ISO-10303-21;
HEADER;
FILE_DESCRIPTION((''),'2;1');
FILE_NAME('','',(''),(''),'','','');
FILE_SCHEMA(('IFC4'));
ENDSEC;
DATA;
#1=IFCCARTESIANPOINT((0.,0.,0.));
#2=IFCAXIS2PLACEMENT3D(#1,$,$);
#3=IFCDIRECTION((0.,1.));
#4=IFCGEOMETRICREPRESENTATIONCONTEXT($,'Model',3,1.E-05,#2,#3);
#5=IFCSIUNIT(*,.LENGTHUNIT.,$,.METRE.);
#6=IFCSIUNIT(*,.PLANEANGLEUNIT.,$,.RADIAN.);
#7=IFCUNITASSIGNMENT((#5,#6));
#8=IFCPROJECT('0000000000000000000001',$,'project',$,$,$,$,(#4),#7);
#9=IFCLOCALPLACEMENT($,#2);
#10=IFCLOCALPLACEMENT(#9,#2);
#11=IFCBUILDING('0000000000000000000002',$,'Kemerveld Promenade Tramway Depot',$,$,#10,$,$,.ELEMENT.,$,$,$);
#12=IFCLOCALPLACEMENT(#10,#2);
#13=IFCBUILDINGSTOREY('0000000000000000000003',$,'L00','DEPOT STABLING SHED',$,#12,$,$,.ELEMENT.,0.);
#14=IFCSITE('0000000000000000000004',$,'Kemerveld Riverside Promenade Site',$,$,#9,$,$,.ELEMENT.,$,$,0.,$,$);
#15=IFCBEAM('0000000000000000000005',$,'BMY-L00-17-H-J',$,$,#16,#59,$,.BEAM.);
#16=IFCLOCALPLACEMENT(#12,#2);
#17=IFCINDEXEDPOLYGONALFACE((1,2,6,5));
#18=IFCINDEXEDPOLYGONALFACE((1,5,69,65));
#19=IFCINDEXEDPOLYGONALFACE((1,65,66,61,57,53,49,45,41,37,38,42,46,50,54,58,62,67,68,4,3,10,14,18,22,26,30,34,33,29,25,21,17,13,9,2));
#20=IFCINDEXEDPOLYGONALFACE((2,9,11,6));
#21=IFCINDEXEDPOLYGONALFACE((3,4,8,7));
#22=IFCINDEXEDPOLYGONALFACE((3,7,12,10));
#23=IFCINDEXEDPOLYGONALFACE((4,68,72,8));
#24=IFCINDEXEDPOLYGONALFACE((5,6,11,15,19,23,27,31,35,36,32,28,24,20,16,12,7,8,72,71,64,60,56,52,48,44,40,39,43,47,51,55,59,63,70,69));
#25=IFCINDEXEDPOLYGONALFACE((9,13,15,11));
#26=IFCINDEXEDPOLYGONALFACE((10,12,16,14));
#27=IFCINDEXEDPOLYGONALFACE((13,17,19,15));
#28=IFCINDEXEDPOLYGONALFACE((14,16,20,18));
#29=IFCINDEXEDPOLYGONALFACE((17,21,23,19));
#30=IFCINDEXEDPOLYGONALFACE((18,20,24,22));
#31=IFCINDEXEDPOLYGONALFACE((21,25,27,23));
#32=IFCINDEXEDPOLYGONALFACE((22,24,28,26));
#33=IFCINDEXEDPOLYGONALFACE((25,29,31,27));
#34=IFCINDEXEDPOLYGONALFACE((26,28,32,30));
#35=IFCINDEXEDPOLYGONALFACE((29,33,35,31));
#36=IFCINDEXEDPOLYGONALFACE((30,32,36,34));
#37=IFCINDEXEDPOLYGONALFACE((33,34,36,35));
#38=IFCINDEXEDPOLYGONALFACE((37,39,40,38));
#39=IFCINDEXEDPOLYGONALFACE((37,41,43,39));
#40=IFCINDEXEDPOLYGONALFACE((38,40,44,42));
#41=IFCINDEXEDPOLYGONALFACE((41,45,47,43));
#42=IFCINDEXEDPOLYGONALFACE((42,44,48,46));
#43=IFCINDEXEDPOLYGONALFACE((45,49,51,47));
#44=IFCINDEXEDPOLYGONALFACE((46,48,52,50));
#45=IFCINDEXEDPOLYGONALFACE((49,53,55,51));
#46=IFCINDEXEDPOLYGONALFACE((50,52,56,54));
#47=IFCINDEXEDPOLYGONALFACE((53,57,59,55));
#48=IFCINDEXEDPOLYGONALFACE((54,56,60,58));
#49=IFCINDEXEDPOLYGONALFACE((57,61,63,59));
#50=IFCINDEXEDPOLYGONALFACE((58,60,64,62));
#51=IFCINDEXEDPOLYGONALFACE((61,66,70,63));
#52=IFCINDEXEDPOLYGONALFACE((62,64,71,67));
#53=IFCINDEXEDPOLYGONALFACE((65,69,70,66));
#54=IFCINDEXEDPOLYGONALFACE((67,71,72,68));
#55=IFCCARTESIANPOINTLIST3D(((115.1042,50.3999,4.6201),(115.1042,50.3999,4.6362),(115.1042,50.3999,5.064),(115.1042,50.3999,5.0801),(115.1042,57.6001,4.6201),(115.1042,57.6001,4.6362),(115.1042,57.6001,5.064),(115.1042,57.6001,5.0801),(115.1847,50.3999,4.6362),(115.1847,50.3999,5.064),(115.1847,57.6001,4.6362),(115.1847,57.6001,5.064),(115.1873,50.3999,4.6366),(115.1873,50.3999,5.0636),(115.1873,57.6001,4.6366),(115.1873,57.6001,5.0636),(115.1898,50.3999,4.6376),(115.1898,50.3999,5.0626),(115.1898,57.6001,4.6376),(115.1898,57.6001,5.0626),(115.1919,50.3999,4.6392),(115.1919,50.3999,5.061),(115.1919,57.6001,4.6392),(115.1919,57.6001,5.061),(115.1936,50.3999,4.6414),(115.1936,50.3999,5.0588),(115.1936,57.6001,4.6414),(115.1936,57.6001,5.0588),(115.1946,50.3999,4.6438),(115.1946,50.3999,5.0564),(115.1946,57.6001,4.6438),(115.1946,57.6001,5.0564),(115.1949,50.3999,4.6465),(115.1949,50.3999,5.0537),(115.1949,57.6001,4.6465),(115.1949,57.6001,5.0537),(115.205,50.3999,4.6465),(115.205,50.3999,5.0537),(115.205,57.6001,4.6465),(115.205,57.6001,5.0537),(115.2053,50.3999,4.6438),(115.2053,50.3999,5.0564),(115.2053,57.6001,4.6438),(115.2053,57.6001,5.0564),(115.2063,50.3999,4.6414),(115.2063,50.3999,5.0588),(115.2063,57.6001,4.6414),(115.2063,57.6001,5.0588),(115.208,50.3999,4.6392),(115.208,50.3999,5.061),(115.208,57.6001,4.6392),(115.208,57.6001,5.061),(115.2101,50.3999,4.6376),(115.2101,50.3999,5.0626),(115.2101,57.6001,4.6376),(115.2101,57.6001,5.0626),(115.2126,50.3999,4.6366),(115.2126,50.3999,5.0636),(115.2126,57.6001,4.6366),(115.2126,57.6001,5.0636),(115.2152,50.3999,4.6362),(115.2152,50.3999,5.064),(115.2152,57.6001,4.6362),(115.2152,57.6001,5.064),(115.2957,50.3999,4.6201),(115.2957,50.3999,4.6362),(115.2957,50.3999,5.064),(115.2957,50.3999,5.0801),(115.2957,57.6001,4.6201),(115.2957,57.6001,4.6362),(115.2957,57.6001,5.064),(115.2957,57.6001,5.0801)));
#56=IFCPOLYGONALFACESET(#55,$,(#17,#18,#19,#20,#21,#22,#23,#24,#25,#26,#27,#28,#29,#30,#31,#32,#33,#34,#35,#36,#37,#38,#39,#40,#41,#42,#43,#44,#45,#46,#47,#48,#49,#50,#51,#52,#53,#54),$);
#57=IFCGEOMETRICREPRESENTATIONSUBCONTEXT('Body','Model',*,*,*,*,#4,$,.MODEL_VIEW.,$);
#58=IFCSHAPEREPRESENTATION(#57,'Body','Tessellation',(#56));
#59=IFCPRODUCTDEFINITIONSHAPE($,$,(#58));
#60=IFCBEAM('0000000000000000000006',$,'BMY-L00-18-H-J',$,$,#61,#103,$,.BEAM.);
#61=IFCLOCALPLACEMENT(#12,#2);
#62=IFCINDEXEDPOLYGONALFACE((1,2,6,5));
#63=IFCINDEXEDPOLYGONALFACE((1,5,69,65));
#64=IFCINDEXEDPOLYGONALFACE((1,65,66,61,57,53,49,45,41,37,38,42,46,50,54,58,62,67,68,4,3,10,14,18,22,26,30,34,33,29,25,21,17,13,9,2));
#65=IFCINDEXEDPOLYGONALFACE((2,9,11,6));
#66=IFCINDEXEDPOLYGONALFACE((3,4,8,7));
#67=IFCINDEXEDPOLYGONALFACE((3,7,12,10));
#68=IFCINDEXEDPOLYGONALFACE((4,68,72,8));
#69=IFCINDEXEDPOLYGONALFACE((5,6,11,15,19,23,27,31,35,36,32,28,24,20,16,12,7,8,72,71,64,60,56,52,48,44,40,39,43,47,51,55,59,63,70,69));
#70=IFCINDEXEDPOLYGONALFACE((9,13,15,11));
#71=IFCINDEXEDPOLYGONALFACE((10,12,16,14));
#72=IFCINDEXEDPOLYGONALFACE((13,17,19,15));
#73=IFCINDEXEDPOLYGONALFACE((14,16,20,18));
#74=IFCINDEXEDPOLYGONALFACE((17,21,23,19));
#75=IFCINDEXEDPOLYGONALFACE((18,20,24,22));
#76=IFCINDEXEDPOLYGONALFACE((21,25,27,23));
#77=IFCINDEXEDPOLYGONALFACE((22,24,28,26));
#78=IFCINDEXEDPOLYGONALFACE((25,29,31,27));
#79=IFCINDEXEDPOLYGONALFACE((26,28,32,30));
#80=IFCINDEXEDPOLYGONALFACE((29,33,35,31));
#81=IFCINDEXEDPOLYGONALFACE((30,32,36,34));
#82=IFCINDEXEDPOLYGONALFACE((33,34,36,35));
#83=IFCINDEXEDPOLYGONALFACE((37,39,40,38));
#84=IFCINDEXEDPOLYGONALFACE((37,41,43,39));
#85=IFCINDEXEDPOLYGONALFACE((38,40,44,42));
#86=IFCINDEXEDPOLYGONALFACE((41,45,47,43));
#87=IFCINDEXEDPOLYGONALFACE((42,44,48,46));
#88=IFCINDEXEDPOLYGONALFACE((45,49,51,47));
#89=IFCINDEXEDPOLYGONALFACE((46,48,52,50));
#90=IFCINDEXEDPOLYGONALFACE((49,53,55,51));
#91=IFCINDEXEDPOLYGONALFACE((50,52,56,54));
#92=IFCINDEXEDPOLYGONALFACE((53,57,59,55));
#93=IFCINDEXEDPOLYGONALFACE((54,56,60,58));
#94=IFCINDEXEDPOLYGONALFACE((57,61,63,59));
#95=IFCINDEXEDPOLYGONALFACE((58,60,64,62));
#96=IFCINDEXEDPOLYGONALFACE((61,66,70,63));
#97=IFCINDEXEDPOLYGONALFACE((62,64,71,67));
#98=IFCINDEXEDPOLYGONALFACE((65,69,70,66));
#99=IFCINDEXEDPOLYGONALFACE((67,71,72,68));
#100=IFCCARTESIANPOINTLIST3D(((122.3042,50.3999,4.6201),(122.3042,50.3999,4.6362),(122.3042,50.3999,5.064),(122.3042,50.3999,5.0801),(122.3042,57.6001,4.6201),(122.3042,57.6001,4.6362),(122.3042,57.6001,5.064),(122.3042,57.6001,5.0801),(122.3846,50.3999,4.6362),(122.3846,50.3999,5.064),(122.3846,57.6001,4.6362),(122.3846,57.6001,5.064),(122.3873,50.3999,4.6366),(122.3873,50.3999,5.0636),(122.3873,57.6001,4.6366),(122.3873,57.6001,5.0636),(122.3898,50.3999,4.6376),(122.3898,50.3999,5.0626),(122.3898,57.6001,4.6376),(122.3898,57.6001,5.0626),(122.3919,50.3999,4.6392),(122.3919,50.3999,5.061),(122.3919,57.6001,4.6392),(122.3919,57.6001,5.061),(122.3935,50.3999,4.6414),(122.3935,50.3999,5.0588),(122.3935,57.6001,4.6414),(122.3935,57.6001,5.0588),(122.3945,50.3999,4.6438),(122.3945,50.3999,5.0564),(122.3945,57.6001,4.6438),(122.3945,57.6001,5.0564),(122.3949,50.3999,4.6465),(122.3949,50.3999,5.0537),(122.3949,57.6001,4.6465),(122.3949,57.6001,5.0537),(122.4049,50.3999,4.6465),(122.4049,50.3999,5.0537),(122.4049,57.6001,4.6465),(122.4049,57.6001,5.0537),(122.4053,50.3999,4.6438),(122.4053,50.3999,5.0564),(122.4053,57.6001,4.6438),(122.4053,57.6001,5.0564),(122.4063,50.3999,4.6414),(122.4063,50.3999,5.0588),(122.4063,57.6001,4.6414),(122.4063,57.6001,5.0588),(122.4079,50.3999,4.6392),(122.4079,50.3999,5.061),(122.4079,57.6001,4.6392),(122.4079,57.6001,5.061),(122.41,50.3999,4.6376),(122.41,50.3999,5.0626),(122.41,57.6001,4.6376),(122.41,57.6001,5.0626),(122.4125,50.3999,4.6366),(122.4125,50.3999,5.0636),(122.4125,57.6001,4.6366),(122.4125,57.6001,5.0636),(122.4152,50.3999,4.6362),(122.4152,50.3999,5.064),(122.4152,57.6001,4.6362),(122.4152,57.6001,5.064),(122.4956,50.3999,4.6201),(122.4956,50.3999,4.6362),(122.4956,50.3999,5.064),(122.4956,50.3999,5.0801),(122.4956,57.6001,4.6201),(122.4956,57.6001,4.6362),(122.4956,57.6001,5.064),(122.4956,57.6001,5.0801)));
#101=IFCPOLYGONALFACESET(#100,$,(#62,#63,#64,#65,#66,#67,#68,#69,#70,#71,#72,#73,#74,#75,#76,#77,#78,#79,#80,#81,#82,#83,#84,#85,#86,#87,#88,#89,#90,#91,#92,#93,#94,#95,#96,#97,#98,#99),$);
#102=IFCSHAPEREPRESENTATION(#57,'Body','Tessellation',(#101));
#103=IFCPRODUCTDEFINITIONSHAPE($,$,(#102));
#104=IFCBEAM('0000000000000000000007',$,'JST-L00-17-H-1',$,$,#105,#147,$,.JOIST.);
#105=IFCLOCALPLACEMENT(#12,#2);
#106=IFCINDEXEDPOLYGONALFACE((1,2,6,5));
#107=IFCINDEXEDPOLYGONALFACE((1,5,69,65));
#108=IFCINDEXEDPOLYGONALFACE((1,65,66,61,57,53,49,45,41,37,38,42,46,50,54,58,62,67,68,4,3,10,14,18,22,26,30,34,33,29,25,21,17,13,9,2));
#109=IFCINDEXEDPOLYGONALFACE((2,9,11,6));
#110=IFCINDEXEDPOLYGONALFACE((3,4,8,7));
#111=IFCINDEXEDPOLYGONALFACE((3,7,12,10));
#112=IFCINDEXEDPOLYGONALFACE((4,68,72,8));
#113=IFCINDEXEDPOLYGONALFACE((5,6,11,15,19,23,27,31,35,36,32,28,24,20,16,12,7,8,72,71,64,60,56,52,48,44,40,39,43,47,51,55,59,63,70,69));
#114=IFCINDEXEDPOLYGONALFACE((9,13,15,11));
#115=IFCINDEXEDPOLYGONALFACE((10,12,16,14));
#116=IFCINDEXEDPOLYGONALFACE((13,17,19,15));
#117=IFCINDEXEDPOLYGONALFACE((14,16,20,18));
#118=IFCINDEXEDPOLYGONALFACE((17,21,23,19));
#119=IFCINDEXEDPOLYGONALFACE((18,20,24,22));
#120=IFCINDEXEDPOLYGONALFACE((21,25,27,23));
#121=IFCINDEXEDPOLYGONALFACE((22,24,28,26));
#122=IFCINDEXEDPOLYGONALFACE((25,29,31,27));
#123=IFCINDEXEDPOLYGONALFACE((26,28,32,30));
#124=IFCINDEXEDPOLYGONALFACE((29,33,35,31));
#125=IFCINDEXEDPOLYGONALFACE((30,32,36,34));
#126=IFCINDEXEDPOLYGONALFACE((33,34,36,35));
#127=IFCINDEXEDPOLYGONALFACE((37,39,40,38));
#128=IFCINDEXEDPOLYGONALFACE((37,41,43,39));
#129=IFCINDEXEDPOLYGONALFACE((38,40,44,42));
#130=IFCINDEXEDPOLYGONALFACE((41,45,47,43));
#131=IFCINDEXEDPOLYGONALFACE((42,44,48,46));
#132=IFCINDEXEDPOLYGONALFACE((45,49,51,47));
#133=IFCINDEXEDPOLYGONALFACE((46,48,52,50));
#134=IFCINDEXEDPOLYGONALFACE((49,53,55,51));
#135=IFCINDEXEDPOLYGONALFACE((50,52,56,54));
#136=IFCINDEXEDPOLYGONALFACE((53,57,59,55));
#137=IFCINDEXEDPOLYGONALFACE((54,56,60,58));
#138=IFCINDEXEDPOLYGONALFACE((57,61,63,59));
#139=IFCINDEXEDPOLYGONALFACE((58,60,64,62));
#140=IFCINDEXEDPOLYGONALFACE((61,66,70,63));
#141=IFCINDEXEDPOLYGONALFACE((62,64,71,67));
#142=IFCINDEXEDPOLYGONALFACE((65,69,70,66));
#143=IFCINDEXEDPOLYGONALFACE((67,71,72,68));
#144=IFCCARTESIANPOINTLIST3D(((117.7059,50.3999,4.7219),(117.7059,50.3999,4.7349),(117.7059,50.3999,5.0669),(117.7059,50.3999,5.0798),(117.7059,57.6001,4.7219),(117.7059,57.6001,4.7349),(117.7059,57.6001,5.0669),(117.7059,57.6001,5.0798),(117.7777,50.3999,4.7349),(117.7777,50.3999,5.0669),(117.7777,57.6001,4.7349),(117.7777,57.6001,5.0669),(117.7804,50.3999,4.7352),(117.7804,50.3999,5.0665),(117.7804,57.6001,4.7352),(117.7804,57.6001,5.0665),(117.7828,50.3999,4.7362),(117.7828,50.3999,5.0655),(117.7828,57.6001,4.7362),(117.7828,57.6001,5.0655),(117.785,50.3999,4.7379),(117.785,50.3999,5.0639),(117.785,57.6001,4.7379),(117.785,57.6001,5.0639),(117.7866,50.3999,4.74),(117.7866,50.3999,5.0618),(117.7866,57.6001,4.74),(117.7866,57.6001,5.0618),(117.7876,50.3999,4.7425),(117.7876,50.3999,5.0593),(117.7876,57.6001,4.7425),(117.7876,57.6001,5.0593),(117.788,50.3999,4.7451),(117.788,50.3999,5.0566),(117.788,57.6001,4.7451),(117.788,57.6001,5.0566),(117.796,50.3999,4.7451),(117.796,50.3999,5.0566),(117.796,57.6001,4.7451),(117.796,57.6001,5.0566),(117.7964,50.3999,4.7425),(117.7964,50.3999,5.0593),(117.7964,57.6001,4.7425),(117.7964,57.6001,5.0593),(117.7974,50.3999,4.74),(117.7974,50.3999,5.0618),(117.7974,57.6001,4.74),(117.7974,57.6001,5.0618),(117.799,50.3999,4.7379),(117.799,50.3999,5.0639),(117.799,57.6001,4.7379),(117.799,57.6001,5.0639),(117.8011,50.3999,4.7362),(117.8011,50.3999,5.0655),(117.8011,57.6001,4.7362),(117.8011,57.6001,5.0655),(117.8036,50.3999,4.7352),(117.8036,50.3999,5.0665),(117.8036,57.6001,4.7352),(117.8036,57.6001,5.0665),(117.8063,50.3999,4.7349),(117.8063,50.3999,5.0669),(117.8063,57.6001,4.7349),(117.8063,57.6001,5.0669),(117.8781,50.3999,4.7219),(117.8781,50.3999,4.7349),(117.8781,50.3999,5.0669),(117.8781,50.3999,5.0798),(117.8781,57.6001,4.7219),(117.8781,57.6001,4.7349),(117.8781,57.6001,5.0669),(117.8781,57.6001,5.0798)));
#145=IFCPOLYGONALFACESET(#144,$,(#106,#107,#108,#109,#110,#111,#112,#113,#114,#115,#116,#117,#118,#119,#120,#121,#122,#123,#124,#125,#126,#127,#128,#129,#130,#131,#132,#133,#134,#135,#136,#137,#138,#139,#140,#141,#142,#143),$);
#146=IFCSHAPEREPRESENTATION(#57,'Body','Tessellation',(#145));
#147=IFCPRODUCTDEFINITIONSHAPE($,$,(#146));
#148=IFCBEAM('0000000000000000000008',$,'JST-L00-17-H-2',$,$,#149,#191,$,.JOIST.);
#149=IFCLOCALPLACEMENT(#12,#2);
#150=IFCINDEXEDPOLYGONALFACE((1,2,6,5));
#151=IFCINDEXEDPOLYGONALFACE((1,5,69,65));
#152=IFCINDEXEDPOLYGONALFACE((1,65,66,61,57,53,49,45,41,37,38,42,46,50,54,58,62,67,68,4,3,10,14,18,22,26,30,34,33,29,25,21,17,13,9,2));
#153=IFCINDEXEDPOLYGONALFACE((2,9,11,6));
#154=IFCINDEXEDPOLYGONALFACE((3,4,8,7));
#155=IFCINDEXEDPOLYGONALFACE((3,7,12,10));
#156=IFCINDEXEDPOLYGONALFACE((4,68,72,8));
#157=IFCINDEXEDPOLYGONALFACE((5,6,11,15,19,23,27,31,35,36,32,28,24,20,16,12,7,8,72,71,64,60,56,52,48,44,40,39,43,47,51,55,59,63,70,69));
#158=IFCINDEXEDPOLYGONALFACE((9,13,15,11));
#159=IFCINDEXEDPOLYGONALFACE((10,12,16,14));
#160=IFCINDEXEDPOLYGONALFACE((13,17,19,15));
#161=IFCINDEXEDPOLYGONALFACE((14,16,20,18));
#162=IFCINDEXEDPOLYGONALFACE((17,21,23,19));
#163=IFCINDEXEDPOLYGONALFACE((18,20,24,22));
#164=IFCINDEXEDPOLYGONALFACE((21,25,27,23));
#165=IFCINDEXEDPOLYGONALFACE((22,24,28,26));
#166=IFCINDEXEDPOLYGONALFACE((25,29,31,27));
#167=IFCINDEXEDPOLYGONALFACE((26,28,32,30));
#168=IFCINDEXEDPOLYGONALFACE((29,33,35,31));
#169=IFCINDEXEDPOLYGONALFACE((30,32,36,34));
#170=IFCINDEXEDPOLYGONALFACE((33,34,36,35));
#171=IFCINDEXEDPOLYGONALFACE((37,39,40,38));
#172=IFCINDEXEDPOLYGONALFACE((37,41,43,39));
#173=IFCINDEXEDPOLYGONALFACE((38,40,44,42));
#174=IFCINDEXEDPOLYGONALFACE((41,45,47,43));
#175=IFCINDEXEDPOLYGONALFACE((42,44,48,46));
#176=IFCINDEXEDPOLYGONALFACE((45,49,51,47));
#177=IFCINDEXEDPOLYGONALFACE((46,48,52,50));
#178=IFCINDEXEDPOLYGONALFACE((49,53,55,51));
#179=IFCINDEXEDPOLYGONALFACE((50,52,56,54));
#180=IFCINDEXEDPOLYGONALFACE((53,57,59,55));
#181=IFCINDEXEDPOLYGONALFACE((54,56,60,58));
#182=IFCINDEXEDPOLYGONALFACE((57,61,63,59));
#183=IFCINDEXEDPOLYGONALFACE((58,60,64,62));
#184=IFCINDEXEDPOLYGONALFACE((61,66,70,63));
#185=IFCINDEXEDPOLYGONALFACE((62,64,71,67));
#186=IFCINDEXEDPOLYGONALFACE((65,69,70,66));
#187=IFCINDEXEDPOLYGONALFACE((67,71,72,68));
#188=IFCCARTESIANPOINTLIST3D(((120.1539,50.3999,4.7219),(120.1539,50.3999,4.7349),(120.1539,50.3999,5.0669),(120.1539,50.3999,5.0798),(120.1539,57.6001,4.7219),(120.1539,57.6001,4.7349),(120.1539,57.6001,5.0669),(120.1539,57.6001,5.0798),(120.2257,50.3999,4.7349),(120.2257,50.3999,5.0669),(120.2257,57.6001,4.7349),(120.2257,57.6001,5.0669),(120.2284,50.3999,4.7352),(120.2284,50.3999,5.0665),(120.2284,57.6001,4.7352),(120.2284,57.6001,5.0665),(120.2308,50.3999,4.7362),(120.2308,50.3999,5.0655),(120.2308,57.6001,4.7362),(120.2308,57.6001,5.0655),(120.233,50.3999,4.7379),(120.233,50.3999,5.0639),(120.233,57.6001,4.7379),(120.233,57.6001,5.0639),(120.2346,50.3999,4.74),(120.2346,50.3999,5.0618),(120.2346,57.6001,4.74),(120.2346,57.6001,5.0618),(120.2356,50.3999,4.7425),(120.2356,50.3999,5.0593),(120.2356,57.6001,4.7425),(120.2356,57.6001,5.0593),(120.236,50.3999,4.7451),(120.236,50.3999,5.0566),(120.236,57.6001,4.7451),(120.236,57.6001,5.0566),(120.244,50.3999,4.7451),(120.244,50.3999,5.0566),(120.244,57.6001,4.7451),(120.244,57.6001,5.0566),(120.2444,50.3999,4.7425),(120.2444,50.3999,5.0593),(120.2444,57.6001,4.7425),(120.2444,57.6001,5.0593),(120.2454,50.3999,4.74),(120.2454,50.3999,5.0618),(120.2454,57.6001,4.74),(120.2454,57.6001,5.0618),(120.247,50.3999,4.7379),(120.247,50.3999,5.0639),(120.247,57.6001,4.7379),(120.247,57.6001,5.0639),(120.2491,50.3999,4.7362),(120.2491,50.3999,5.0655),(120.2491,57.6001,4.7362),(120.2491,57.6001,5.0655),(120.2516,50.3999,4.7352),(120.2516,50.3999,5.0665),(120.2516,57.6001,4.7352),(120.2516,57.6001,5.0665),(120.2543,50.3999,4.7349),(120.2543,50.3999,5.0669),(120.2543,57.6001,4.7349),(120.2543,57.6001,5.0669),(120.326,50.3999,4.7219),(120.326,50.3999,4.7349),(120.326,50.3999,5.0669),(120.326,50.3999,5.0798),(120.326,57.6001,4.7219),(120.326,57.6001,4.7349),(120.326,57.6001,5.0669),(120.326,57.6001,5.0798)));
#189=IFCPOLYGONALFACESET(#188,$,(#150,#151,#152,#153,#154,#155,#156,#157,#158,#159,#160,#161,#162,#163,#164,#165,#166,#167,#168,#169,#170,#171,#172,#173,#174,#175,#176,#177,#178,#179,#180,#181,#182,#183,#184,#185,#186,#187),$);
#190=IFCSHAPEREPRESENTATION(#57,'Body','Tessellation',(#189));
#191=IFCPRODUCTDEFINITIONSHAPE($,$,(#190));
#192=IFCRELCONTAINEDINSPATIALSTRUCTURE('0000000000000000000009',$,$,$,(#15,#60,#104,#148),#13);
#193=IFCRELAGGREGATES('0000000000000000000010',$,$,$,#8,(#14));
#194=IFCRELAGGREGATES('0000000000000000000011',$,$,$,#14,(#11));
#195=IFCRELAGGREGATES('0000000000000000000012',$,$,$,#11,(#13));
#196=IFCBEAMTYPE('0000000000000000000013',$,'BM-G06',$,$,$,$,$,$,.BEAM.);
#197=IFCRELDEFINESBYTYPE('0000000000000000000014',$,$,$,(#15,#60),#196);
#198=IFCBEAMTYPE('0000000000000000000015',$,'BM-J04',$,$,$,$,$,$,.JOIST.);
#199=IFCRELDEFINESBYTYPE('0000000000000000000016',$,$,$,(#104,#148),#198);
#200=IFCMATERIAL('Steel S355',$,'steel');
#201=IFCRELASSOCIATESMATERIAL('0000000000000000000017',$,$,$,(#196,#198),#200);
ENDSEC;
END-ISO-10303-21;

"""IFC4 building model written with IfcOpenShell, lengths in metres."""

from ifc_helpers import new_model, si_unit, direction, frame, origin, origin_2d, place, context, subcontext, project, spatial, i_section, extrude, material, material_profile, profile_set, type_object, element, save


model = new_model("IFC4")

# Units and contexts
model_context = context("Model", 3, precision=1e-05, world=origin(), true_north=direction((0.0, 1.0)))
body_context = subcontext(model_context, "Body", "Model", "MODEL_VIEW")
ifc_project = project(units=[si_unit("LENGTHUNIT", "METRE"), si_unit("PLANEANGLEUNIT", "RADIAN")], contexts=[model_context])

# Site, building, storey
site_placement = place(None, origin())
site = spatial("IfcSite", under=ifc_project, at=site_placement, Name="Kemerveld Riverside Promenade Site", CompositionType="ELEMENT", RefElevation=0.0)
building_placement = place(site_placement, origin())
building = spatial("IfcBuilding", under=site, at=building_placement, Name="Kemerveld Promenade Tramway Depot", CompositionType="ELEMENT")
storey_placement = place(building_placement, origin())
storey = spatial("IfcBuildingStorey", under=building, at=storey_placement, Name="L00", Description="DEPOT STABLING SHED", CompositionType="ELEMENT", Elevation=0.0)

# Shared definitions
ifc_material_1 = material(Name="Steel S355", Category="steel")

# Beams
ifc_material_profile_1 = material_profile(ifc_material_1, i_section(OverallWidth=0.1914, OverallDepth=0.46, WebThickness=0.01, FlangeThickness=0.0161, FilletRadius=0.0103, at=origin_2d()), Name="457x191x82 UB")
ifc_profile_set_1 = profile_set([ifc_material_profile_1], Name="Steel S355")
beam_type_1 = type_object("IfcBeamType", Name="BM-G06", PredefinedType="BEAM", material=ifc_profile_set_1)
for number, where, z_axis, x_axis, name in (
    (1, (115.2, 50.3999, 4.8501), (0.0, 1.0, 0.0), (-1.0, 0.0, 0.0), "BMY-L00-17-H-J"),
    (2, (122.3999, 50.3999, 4.8501), (0.0, 1.0, 0.0), (-1.0, 0.0, 0.0), "BMY-L00-18-H-J"),
):
    element("IfcBeam", number, at=place(storey_placement, frame(where, z_axis=z_axis, x_axis=x_axis)), inside=storey, type_object=beam_type_1, Name=name, PredefinedType="BEAM", context=body_context, shape_type="SweptSolid", body=[
        extrude(i_section(OverallWidth=0.1914, OverallDepth=0.46, WebThickness=0.01, FlangeThickness=0.0161, FilletRadius=0.0103, at=origin_2d()), origin(), (0.0, 0.0, 1.0), 7.2002),
    ])
ifc_material_profile_2 = material_profile(ifc_material_1, i_section(OverallWidth=0.1721, OverallDepth=0.3579, WebThickness=0.0081, FlangeThickness=0.0129, FilletRadius=0.0103, at=origin_2d()), Name="356x171x57 UB")
ifc_profile_set_2 = profile_set([ifc_material_profile_2], Name="Steel S355")
beam_type_2 = type_object("IfcBeamType", Name="BM-J04", PredefinedType="JOIST", material=ifc_profile_set_2)
for number, where, z_axis, x_axis, name in (
    (3, (117.792, 50.3999, 4.9009), (0.0, 1.0, 0.0), (-1.0, 0.0, 0.0), "JST-L00-17-H-1"),
    (4, (120.24, 50.3999, 4.9009), (0.0, 1.0, 0.0), (-1.0, 0.0, 0.0), "JST-L00-17-H-2"),
):
    element("IfcBeam", number, at=place(storey_placement, frame(where, z_axis=z_axis, x_axis=x_axis)), inside=storey, type_object=beam_type_2, Name=name, PredefinedType="JOIST", context=body_context, shape_type="SweptSolid", body=[
        extrude(i_section(OverallWidth=0.1721, OverallDepth=0.3579, WebThickness=0.0081, FlangeThickness=0.0129, FilletRadius=0.0103, at=origin_2d()), origin(), (0.0, 0.0, 1.0), 7.2002),
    ])

save(model, "model.ifc")
